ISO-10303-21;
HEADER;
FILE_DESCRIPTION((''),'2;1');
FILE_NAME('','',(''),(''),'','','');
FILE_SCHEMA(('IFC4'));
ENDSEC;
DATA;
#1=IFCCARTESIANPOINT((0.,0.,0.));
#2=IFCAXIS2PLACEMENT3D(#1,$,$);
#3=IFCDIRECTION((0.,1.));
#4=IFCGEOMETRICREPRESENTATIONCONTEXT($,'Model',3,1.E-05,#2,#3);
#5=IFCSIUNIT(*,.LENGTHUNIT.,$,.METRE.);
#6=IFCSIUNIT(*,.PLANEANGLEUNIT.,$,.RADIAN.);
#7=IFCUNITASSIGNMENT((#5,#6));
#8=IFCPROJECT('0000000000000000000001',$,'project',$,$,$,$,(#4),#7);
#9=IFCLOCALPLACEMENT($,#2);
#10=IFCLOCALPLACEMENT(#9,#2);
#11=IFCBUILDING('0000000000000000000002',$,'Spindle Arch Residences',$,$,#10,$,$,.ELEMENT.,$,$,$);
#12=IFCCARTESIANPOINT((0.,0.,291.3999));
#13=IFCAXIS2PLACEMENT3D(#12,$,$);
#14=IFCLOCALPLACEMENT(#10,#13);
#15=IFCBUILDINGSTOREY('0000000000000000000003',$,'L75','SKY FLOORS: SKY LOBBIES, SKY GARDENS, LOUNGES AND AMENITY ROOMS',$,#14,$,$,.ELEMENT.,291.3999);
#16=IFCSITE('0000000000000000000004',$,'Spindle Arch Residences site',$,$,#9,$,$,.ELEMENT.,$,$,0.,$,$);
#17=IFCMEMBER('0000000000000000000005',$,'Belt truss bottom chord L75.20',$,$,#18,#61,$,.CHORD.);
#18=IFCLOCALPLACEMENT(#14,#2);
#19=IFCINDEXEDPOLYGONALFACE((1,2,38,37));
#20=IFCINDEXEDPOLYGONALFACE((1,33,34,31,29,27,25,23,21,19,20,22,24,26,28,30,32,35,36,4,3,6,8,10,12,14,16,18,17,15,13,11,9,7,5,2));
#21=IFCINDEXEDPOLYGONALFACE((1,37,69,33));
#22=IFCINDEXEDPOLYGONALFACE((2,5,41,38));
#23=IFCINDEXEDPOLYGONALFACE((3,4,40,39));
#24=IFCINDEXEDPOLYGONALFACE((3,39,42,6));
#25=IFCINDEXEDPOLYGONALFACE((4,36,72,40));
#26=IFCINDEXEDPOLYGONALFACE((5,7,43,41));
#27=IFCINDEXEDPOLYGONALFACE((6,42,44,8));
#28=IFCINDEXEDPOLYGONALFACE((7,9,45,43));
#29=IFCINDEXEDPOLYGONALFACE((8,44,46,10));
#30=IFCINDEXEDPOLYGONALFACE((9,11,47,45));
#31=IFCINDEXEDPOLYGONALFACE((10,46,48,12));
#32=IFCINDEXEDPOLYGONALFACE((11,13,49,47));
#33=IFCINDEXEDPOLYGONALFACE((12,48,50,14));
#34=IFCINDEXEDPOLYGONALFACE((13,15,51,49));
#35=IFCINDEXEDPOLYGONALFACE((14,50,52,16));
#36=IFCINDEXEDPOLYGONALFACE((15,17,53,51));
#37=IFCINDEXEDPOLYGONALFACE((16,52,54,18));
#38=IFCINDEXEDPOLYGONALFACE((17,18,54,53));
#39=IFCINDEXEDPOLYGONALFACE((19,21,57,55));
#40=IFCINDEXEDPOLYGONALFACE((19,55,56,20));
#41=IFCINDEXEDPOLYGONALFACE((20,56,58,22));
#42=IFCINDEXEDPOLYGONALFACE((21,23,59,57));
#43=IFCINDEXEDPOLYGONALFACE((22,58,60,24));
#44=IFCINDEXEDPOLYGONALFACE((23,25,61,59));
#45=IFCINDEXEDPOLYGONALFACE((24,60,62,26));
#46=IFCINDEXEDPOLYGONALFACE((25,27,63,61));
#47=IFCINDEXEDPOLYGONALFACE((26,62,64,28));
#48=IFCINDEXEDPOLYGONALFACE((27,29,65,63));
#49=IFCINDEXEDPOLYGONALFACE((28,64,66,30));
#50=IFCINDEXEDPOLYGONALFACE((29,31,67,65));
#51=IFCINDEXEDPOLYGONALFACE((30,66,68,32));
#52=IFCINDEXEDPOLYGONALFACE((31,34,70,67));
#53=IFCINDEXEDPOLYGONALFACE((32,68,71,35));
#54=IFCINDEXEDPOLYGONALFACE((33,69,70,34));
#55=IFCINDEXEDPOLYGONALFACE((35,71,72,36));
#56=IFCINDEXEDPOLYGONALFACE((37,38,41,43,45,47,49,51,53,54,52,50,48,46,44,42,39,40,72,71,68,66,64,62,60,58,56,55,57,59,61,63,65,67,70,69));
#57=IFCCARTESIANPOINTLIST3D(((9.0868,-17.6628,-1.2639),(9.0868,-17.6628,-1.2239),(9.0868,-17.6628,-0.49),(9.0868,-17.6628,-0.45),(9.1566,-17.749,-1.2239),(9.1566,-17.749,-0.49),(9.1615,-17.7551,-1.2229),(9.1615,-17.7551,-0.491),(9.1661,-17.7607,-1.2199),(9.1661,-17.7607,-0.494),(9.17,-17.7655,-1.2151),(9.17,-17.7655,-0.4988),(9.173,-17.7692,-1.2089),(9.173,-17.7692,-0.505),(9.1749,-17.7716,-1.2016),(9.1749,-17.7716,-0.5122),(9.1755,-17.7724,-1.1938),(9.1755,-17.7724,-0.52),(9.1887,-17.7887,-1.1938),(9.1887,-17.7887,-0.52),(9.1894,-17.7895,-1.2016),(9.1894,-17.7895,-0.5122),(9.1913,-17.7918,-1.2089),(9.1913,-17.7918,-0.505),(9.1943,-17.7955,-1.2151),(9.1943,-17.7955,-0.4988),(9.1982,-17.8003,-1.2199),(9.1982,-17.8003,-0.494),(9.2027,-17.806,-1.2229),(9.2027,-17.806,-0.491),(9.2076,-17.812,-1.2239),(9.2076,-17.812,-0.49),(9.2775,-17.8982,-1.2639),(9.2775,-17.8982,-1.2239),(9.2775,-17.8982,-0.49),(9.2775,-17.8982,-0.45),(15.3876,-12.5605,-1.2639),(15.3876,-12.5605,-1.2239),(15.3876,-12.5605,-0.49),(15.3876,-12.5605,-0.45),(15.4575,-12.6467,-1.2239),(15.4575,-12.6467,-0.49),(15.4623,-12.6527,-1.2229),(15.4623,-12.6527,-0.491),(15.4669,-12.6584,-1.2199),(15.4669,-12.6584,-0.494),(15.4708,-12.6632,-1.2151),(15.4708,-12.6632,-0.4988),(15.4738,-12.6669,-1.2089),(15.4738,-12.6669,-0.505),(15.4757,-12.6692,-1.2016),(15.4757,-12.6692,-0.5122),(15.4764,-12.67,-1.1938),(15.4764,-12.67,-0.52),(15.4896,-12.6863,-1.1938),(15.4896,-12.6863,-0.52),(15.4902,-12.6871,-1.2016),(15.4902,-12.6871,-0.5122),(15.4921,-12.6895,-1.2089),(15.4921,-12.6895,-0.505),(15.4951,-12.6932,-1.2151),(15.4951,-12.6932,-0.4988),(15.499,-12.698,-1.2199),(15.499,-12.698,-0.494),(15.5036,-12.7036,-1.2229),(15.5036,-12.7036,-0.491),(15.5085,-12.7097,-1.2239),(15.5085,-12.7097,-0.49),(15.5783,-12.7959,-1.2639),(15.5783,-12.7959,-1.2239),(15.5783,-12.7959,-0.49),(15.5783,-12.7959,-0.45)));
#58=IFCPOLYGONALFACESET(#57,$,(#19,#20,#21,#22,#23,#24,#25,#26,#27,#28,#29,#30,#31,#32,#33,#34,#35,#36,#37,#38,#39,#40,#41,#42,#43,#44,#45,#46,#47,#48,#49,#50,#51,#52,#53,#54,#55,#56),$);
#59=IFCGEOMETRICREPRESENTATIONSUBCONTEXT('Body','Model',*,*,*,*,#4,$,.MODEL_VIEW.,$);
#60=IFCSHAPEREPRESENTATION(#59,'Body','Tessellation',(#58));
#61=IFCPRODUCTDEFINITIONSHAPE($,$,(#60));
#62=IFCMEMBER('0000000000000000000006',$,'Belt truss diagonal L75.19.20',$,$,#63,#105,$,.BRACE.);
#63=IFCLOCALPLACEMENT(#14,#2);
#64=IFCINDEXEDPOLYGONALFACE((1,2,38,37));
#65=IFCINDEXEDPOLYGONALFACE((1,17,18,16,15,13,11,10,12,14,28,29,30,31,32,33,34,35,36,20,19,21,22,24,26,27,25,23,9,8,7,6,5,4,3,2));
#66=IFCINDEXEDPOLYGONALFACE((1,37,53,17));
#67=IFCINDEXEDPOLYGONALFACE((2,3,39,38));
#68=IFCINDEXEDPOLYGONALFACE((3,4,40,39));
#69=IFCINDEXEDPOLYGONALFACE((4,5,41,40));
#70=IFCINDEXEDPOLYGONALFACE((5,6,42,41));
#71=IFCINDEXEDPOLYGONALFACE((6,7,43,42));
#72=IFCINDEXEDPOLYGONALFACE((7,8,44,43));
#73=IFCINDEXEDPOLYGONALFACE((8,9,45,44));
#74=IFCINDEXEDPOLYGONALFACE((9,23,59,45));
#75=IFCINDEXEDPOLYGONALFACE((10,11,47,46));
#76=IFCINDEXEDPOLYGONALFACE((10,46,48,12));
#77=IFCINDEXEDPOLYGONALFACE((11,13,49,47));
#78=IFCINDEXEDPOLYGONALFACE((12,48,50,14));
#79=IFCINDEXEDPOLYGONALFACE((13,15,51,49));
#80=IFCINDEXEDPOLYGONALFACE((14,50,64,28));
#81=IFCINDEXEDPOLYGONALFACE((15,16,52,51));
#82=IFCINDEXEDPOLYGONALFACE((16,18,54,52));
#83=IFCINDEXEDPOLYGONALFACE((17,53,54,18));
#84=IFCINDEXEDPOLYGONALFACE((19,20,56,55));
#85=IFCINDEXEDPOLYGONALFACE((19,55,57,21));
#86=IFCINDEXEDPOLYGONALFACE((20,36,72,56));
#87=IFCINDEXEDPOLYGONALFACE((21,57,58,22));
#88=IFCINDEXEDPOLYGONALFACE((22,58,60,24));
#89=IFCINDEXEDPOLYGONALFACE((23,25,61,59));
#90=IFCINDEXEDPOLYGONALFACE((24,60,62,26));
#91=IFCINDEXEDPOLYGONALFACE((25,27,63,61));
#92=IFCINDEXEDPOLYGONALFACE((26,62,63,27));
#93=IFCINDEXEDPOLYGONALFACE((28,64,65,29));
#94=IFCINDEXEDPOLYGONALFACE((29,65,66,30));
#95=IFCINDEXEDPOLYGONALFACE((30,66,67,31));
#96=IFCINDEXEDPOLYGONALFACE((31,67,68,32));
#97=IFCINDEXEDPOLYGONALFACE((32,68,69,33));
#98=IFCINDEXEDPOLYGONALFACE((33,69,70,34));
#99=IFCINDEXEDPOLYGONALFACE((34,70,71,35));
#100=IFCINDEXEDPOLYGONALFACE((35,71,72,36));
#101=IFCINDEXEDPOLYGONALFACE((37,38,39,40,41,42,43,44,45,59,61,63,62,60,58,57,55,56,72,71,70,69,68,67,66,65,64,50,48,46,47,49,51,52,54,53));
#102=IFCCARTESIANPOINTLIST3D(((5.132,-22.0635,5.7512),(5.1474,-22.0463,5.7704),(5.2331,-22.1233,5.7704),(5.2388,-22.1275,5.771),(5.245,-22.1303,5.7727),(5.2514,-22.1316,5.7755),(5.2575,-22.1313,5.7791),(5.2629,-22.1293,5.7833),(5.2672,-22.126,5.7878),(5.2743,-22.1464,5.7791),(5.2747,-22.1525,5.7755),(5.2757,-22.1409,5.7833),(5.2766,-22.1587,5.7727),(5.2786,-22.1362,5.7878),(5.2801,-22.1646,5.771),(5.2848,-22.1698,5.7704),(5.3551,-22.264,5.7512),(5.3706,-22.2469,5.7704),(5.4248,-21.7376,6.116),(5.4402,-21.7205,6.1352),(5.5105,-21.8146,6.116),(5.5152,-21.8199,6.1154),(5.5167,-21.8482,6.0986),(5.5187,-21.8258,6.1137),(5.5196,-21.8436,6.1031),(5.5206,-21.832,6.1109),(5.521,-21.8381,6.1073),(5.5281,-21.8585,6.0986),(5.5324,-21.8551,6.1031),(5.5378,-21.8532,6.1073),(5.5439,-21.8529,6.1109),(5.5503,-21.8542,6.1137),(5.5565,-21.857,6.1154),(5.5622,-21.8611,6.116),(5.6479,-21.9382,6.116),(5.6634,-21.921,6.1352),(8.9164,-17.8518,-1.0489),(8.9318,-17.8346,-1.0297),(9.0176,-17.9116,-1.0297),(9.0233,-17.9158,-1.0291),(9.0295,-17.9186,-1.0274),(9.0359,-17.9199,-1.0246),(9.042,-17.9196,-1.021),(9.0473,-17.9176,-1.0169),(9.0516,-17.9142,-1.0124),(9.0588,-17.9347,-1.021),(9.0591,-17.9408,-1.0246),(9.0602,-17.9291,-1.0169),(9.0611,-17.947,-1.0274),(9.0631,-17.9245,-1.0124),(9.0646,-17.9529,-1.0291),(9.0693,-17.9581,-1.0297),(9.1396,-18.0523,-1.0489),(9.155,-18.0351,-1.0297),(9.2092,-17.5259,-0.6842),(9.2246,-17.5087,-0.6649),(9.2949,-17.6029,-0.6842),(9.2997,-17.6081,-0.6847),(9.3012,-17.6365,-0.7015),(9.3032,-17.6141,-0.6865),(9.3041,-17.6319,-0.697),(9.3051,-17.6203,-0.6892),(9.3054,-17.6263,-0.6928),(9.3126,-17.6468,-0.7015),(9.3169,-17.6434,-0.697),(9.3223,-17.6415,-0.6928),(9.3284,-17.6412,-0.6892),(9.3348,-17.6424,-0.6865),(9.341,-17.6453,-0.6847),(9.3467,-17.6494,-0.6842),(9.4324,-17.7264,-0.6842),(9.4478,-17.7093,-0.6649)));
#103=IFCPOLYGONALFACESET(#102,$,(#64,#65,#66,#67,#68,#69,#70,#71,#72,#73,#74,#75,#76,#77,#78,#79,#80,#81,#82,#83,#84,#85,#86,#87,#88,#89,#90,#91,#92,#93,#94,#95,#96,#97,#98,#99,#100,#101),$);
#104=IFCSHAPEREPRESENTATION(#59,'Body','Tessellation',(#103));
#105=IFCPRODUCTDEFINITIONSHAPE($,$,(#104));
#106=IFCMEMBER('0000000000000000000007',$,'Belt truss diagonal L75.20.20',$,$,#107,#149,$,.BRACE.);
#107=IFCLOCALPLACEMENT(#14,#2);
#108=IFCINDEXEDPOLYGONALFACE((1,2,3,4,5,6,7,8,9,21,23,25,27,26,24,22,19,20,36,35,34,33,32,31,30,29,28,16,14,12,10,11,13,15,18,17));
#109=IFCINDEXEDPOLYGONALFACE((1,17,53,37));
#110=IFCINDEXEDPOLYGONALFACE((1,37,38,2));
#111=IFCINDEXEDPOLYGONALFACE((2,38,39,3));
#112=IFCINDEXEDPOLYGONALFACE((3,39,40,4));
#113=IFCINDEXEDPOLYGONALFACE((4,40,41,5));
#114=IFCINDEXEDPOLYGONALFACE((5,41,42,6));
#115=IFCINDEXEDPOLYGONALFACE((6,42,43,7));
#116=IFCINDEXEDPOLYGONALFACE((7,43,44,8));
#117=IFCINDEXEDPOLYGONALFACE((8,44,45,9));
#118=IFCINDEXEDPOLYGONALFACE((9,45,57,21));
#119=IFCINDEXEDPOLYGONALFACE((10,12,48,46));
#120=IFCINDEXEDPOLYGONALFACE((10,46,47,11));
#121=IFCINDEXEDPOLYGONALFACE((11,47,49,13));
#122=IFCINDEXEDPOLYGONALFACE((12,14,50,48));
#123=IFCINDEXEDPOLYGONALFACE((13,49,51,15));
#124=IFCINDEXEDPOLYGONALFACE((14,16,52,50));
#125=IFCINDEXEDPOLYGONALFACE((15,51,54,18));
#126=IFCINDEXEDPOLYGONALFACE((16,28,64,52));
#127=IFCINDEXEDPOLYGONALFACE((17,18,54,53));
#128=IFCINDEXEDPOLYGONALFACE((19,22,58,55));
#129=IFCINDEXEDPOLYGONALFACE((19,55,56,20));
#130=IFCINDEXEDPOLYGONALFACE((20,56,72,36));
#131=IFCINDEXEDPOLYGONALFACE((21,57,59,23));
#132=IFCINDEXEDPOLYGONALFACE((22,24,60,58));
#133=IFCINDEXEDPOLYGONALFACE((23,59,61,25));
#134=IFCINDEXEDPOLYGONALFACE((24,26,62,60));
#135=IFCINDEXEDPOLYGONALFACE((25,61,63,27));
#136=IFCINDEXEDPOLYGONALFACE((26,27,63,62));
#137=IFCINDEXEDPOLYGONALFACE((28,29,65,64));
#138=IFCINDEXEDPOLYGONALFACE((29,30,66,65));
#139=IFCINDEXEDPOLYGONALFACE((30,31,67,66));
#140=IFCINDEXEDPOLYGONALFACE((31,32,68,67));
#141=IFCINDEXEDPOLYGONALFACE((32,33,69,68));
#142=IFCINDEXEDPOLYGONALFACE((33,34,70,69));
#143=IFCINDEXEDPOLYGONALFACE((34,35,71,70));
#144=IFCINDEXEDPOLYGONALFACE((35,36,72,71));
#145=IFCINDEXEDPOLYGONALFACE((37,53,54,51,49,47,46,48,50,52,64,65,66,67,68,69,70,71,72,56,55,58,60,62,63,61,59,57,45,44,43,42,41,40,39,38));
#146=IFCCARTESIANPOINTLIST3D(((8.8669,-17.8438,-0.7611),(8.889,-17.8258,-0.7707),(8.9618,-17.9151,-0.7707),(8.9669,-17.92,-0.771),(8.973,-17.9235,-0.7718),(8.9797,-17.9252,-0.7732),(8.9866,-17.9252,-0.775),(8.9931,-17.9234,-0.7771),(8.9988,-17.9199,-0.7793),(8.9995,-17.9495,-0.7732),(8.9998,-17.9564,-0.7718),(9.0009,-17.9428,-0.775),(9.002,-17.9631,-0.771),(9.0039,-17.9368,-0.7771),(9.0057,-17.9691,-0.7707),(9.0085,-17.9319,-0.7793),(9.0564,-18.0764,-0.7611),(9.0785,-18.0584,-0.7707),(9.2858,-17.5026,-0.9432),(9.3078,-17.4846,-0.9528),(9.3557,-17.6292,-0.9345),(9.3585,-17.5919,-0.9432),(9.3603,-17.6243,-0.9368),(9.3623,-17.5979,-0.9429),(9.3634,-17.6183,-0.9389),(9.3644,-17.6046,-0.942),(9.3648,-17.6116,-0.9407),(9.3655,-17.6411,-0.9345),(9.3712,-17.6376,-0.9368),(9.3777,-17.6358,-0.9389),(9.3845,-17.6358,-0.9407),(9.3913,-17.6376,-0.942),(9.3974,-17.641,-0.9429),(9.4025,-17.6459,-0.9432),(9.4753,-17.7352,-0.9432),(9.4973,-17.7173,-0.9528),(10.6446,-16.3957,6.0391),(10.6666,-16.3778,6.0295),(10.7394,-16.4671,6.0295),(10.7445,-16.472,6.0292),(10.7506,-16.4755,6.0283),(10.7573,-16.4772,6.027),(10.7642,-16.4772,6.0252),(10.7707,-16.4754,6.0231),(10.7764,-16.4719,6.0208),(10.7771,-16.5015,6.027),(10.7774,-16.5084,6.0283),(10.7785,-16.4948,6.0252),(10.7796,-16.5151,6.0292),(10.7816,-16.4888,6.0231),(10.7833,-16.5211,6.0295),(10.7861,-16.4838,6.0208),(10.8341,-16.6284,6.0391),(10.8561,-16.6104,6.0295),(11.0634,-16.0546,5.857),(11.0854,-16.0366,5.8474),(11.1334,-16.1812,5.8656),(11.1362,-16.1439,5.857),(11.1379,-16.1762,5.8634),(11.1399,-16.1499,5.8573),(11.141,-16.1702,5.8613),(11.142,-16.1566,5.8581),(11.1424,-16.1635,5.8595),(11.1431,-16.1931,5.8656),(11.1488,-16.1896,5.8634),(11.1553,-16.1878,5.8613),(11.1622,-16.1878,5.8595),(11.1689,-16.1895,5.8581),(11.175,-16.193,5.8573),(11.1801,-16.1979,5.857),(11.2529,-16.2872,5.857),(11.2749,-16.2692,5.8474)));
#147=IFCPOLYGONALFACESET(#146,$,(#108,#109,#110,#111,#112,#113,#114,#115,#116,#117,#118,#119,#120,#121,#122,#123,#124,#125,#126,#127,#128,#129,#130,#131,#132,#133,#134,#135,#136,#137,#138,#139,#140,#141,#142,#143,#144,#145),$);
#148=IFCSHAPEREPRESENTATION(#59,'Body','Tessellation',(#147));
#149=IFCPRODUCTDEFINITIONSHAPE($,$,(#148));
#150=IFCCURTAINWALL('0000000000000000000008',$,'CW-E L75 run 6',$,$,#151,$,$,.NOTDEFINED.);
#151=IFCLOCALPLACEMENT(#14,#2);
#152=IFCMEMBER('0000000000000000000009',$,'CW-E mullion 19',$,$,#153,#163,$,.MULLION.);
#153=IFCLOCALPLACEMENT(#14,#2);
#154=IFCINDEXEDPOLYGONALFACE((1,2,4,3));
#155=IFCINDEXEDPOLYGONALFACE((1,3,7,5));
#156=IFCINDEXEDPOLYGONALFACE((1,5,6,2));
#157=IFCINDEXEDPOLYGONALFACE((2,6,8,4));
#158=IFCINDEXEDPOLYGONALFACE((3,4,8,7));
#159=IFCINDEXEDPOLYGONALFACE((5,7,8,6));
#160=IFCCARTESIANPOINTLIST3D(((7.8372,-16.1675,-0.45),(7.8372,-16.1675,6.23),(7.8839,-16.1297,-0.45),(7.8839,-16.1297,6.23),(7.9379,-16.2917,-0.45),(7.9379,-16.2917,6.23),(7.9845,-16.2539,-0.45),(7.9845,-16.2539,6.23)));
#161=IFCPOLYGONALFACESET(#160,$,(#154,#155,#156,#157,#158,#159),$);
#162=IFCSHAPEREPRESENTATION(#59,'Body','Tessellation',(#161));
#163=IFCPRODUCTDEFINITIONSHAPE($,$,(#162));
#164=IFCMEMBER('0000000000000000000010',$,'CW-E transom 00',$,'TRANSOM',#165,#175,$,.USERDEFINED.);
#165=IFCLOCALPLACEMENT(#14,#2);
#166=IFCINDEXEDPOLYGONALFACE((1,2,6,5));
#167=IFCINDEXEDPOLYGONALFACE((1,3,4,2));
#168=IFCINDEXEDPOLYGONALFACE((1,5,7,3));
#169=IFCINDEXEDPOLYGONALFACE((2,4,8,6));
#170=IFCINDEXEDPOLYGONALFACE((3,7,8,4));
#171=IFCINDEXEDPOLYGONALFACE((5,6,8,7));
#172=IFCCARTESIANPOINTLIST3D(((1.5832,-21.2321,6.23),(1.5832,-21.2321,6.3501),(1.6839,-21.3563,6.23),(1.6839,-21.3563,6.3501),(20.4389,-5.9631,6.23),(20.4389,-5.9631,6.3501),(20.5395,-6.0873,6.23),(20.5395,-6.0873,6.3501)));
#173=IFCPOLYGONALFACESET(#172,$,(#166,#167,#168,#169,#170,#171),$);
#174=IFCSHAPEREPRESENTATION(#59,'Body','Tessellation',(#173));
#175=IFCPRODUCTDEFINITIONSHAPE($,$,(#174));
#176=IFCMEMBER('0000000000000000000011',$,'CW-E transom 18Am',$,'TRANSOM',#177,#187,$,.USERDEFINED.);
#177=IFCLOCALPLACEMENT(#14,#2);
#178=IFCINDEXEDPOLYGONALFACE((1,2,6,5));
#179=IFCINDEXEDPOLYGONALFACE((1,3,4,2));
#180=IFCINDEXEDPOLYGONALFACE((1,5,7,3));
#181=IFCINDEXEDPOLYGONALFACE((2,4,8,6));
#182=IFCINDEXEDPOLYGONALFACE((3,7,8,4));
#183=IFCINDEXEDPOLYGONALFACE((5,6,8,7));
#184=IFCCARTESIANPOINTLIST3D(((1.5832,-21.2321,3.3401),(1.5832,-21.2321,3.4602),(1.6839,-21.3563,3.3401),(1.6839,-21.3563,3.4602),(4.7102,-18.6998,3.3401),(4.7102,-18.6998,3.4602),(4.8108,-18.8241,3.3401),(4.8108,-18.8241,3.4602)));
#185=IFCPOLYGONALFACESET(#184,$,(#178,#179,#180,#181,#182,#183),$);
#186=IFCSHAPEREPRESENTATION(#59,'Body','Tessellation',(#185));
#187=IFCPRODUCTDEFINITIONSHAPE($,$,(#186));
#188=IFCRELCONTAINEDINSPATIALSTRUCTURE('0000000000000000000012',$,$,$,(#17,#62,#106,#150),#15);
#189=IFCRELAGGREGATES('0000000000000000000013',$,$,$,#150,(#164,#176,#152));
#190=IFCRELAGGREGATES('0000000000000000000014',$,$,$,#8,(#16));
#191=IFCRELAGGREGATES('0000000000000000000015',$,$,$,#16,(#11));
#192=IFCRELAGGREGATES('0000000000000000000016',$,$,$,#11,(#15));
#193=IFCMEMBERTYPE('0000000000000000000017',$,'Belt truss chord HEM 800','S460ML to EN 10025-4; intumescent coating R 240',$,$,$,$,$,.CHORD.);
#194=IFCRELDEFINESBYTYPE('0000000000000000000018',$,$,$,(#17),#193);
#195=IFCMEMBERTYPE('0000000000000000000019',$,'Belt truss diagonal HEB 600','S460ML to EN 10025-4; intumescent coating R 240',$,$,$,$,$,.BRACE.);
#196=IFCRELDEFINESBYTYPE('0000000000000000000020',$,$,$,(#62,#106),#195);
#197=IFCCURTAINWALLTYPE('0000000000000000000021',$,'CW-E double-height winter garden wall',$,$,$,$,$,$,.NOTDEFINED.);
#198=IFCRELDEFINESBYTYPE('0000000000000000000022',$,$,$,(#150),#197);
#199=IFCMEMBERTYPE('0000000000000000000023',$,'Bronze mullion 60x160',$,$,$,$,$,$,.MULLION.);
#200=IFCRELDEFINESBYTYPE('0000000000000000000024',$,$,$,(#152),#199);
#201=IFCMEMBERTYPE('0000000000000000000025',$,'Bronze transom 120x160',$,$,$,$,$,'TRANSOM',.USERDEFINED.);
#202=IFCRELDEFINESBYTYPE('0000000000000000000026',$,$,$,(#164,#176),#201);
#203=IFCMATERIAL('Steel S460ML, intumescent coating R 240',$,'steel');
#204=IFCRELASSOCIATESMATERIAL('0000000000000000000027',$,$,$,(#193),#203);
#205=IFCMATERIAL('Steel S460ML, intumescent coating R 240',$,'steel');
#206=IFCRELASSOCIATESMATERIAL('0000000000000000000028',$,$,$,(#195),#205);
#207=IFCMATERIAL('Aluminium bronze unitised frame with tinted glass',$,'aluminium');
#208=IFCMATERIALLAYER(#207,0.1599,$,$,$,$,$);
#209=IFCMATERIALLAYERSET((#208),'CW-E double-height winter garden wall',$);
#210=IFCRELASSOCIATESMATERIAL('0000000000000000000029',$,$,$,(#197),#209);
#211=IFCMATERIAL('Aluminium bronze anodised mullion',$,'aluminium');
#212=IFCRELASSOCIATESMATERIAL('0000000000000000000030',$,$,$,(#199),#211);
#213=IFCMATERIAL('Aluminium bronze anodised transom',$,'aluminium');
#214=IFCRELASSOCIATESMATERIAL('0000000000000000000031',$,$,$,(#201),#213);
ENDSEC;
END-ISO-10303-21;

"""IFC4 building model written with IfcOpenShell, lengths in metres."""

from ifc_helpers import new_model, si_unit, direction, frame, origin, origin_2d, place, context, subcontext, project, spatial, rectangle, i_section, extrude, material, layer, layer_set, material_profile, profile_set, type_object, element, aggregate, save


model = new_model("IFC4")

# Units and contexts
model_context = context("Model", 3, precision=1e-05, world=origin(), true_north=direction((0.0, 1.0)))
body_context = subcontext(model_context, "Body", "Model", "MODEL_VIEW")
ifc_project = project(units=[si_unit("LENGTHUNIT", "METRE"), si_unit("PLANEANGLEUNIT", "RADIAN")], contexts=[model_context])

# Site, building, storey
site_placement = place(None, origin())
site = spatial("IfcSite", under=ifc_project, at=site_placement, Name="Spindle Arch Residences site", CompositionType="ELEMENT", RefElevation=0.0)
building_placement = place(site_placement, origin())
building = spatial("IfcBuilding", under=site, at=building_placement, Name="Spindle Arch Residences", CompositionType="ELEMENT")
storey_placement = place(building_placement, frame((0.0, 0.0, 291.3999)))
storey = spatial("IfcBuildingStorey", under=building, at=storey_placement, Name="L75", Description="SKY FLOORS: SKY LOBBIES, SKY GARDENS, LOUNGES AND AMENITY ROOMS", CompositionType="ELEMENT", Elevation=291.3999)

# Members
ifc_material_1 = material(Name="Steel S460ML, intumescent coating R 240", Category="steel")
ifc_material_profile_1 = material_profile(ifc_material_1, i_section(OverallWidth=0.303, OverallDepth=0.814, WebThickness=0.021, FlangeThickness=0.04, FilletRadius=0.03, at=origin_2d()), Name="HEM 800")
ifc_profile_set_1 = profile_set([ifc_material_profile_1], Name="Steel S460ML, intumescent coating R 240")
member_type_1 = type_object("IfcMemberType", Name="Belt truss chord HEM 800", Description="S460ML to EN 10025-4; intumescent coating R 240", PredefinedType="CHORD", material=ifc_profile_set_1)
member_1_placement = place(storey_placement, frame((9.1821, -17.7805, -0.8569), z_axis=(0.777145, 0.629322, 0.0), x_axis=(-0.629322, 0.777145, 0.0)))
element("IfcMember", 1, at=member_1_placement, inside=storey, type_object=member_type_1, Name="Belt truss bottom chord L75.20", PredefinedType="CHORD", context=body_context, shape_type="SweptSolid", body=[
    extrude(i_section(OverallWidth=0.303, OverallDepth=0.814, WebThickness=0.021, FlangeThickness=0.04, FilletRadius=0.03, at=origin_2d()), origin(), (0.0, 0.0, 1.0), 8.1077),
])
ifc_material_2 = material(Name="Steel S460ML, intumescent coating R 240", Category="steel")
ifc_material_profile_2 = material_profile(ifc_material_2, i_section(OverallWidth=0.3, OverallDepth=0.6001, WebThickness=0.0154, FlangeThickness=0.03, FilletRadius=0.0271, at=origin_2d()), Name="HEB 600")
ifc_profile_set_2 = profile_set([ifc_material_profile_2], Name="Steel S460ML, intumescent coating R 240")
member_type_2 = type_object("IfcMemberType", Name="Belt truss diagonal HEB 600", Description="S460ML to EN 10025-4; intumescent coating R 240", PredefinedType="BRACE", material=ifc_profile_set_2)
member_2_placement = place(storey_placement, frame((9.1821, -17.7805, -0.8569), z_axis=(-0.427678, -0.475961, 0.768474), x_axis=(0.743828, -0.668371, 0.0)))
element("IfcMember", 2, at=member_2_placement, inside=storey, type_object=member_type_2, Name="Belt truss diagonal L75.19.20", PredefinedType="BRACE", context=body_context, shape_type="SweptSolid", body=[
    extrude(i_section(OverallWidth=0.3, OverallDepth=0.6001, WebThickness=0.0154, FlangeThickness=0.03, FilletRadius=0.0271, at=origin_2d()), origin(), (0.0, 0.0, 1.0), 8.8489),
])
member_3_placement = place(storey_placement, frame((9.1821, -17.7805, -0.8569), z_axis=(0.247708, 0.201779, 0.94759), x_axis=(-0.631566, 0.775322, 0.0)))
element("IfcMember", 3, at=member_3_placement, inside=storey, type_object=member_type_2, Name="Belt truss diagonal L75.20.20", PredefinedType="BRACE", context=body_context, shape_type="SweptSolid", body=[
    extrude(i_section(OverallWidth=0.3, OverallDepth=0.6001, WebThickness=0.0154, FlangeThickness=0.03, FilletRadius=0.0271, at=origin_2d()), origin(), (0.0, 0.0, 1.0), 7.1763),
])

# Curtain wall, members
ifc_material_3 = material(Name="Aluminium bronze unitised frame with tinted glass", Category="aluminium")
ifc_layer_1 = layer(ifc_material_3, 0.1599)
ifc_layer_set_1 = layer_set([ifc_layer_1], Name="CW-E double-height winter garden wall")
curtain_wall_type = type_object("IfcCurtainWallType", Name="CW-E double-height winter garden wall", PredefinedType="NOTDEFINED", material=ifc_layer_set_1)
curtain_wall_placement = place(storey_placement, origin())
curtain_wall = element("IfcCurtainWall", 4, at=curtain_wall_placement, inside=storey, type_object=curtain_wall_type, Name="CW-E L75 run 6", PredefinedType="NOTDEFINED")
ifc_material_4 = material(Name="Aluminium bronze anodised mullion", Category="aluminium")
ifc_material_profile_3 = material_profile(ifc_material_4, rectangle(XDim=0.1599, YDim=0.0601, at=origin_2d()), Name="MU 60x160")
ifc_profile_set_3 = profile_set([ifc_material_profile_3], Name="Aluminium bronze anodised mullion")
member_type_3 = type_object("IfcMemberType", Name="Bronze mullion 60x160", PredefinedType="MULLION", material=ifc_profile_set_3)
member_4_placement = place(storey_placement, frame((7.9109, -16.2107, -0.45), z_axis=(0.0, 0.0, 1.0), x_axis=(-0.62932, 0.777146, 0.0)))
member_4 = element("IfcMember", 5, at=member_4_placement, type_object=member_type_3, Name="CW-E mullion 19", PredefinedType="MULLION", context=body_context, shape_type="SweptSolid", body=[
    extrude(rectangle(XDim=0.1599, YDim=0.0601, at=origin_2d()), origin(), (0.0, 0.0, 1.0), 6.6799),
])
ifc_material_5 = material(Name="Aluminium bronze anodised transom", Category="aluminium")
ifc_material_profile_4 = material_profile(ifc_material_5, rectangle(XDim=0.1599, YDim=0.1201, at=origin_2d()), Name="TR 120x160")
ifc_profile_set_4 = profile_set([ifc_material_profile_4], Name="Aluminium bronze anodised transom")
member_type_4 = type_object("IfcMemberType", Name="Bronze transom 120x160", ElementType="TRANSOM", PredefinedType="USERDEFINED", material=ifc_profile_set_4)
member_5_placement = place(storey_placement, frame((1.6335, -21.2942, 6.29), z_axis=(0.777146, 0.62932, 0.0), x_axis=(-0.62932, 0.777146, 0.0)))
member_5 = element("IfcMember", 6, at=member_5_placement, type_object=member_type_4, Name="CW-E transom 00", ObjectType="TRANSOM", PredefinedType="USERDEFINED", context=body_context, shape_type="SweptSolid", body=[
    extrude(rectangle(XDim=0.1599, YDim=0.1201, at=origin_2d()), origin(), (0.0, 0.0, 1.0), 24.2627),
])
member_6_placement = place(storey_placement, frame((1.6335, -21.2942, 3.4001), z_axis=(0.777137, 0.629331, 0.0), x_axis=(-0.629331, 0.777137, 0.0)))
member_6 = element("IfcMember", 7, at=member_6_placement, type_object=member_type_4, Name="CW-E transom 18Am", ObjectType="TRANSOM", PredefinedType="USERDEFINED", context=body_context, shape_type="SweptSolid", body=[
    extrude(rectangle(XDim=0.1599, YDim=0.1201, at=origin_2d()), origin(), (0.0, 0.0, 1.0), 4.0237),
])
aggregate(curtain_wall, [member_5, member_6, member_4])

save(model, "model.ifc")
